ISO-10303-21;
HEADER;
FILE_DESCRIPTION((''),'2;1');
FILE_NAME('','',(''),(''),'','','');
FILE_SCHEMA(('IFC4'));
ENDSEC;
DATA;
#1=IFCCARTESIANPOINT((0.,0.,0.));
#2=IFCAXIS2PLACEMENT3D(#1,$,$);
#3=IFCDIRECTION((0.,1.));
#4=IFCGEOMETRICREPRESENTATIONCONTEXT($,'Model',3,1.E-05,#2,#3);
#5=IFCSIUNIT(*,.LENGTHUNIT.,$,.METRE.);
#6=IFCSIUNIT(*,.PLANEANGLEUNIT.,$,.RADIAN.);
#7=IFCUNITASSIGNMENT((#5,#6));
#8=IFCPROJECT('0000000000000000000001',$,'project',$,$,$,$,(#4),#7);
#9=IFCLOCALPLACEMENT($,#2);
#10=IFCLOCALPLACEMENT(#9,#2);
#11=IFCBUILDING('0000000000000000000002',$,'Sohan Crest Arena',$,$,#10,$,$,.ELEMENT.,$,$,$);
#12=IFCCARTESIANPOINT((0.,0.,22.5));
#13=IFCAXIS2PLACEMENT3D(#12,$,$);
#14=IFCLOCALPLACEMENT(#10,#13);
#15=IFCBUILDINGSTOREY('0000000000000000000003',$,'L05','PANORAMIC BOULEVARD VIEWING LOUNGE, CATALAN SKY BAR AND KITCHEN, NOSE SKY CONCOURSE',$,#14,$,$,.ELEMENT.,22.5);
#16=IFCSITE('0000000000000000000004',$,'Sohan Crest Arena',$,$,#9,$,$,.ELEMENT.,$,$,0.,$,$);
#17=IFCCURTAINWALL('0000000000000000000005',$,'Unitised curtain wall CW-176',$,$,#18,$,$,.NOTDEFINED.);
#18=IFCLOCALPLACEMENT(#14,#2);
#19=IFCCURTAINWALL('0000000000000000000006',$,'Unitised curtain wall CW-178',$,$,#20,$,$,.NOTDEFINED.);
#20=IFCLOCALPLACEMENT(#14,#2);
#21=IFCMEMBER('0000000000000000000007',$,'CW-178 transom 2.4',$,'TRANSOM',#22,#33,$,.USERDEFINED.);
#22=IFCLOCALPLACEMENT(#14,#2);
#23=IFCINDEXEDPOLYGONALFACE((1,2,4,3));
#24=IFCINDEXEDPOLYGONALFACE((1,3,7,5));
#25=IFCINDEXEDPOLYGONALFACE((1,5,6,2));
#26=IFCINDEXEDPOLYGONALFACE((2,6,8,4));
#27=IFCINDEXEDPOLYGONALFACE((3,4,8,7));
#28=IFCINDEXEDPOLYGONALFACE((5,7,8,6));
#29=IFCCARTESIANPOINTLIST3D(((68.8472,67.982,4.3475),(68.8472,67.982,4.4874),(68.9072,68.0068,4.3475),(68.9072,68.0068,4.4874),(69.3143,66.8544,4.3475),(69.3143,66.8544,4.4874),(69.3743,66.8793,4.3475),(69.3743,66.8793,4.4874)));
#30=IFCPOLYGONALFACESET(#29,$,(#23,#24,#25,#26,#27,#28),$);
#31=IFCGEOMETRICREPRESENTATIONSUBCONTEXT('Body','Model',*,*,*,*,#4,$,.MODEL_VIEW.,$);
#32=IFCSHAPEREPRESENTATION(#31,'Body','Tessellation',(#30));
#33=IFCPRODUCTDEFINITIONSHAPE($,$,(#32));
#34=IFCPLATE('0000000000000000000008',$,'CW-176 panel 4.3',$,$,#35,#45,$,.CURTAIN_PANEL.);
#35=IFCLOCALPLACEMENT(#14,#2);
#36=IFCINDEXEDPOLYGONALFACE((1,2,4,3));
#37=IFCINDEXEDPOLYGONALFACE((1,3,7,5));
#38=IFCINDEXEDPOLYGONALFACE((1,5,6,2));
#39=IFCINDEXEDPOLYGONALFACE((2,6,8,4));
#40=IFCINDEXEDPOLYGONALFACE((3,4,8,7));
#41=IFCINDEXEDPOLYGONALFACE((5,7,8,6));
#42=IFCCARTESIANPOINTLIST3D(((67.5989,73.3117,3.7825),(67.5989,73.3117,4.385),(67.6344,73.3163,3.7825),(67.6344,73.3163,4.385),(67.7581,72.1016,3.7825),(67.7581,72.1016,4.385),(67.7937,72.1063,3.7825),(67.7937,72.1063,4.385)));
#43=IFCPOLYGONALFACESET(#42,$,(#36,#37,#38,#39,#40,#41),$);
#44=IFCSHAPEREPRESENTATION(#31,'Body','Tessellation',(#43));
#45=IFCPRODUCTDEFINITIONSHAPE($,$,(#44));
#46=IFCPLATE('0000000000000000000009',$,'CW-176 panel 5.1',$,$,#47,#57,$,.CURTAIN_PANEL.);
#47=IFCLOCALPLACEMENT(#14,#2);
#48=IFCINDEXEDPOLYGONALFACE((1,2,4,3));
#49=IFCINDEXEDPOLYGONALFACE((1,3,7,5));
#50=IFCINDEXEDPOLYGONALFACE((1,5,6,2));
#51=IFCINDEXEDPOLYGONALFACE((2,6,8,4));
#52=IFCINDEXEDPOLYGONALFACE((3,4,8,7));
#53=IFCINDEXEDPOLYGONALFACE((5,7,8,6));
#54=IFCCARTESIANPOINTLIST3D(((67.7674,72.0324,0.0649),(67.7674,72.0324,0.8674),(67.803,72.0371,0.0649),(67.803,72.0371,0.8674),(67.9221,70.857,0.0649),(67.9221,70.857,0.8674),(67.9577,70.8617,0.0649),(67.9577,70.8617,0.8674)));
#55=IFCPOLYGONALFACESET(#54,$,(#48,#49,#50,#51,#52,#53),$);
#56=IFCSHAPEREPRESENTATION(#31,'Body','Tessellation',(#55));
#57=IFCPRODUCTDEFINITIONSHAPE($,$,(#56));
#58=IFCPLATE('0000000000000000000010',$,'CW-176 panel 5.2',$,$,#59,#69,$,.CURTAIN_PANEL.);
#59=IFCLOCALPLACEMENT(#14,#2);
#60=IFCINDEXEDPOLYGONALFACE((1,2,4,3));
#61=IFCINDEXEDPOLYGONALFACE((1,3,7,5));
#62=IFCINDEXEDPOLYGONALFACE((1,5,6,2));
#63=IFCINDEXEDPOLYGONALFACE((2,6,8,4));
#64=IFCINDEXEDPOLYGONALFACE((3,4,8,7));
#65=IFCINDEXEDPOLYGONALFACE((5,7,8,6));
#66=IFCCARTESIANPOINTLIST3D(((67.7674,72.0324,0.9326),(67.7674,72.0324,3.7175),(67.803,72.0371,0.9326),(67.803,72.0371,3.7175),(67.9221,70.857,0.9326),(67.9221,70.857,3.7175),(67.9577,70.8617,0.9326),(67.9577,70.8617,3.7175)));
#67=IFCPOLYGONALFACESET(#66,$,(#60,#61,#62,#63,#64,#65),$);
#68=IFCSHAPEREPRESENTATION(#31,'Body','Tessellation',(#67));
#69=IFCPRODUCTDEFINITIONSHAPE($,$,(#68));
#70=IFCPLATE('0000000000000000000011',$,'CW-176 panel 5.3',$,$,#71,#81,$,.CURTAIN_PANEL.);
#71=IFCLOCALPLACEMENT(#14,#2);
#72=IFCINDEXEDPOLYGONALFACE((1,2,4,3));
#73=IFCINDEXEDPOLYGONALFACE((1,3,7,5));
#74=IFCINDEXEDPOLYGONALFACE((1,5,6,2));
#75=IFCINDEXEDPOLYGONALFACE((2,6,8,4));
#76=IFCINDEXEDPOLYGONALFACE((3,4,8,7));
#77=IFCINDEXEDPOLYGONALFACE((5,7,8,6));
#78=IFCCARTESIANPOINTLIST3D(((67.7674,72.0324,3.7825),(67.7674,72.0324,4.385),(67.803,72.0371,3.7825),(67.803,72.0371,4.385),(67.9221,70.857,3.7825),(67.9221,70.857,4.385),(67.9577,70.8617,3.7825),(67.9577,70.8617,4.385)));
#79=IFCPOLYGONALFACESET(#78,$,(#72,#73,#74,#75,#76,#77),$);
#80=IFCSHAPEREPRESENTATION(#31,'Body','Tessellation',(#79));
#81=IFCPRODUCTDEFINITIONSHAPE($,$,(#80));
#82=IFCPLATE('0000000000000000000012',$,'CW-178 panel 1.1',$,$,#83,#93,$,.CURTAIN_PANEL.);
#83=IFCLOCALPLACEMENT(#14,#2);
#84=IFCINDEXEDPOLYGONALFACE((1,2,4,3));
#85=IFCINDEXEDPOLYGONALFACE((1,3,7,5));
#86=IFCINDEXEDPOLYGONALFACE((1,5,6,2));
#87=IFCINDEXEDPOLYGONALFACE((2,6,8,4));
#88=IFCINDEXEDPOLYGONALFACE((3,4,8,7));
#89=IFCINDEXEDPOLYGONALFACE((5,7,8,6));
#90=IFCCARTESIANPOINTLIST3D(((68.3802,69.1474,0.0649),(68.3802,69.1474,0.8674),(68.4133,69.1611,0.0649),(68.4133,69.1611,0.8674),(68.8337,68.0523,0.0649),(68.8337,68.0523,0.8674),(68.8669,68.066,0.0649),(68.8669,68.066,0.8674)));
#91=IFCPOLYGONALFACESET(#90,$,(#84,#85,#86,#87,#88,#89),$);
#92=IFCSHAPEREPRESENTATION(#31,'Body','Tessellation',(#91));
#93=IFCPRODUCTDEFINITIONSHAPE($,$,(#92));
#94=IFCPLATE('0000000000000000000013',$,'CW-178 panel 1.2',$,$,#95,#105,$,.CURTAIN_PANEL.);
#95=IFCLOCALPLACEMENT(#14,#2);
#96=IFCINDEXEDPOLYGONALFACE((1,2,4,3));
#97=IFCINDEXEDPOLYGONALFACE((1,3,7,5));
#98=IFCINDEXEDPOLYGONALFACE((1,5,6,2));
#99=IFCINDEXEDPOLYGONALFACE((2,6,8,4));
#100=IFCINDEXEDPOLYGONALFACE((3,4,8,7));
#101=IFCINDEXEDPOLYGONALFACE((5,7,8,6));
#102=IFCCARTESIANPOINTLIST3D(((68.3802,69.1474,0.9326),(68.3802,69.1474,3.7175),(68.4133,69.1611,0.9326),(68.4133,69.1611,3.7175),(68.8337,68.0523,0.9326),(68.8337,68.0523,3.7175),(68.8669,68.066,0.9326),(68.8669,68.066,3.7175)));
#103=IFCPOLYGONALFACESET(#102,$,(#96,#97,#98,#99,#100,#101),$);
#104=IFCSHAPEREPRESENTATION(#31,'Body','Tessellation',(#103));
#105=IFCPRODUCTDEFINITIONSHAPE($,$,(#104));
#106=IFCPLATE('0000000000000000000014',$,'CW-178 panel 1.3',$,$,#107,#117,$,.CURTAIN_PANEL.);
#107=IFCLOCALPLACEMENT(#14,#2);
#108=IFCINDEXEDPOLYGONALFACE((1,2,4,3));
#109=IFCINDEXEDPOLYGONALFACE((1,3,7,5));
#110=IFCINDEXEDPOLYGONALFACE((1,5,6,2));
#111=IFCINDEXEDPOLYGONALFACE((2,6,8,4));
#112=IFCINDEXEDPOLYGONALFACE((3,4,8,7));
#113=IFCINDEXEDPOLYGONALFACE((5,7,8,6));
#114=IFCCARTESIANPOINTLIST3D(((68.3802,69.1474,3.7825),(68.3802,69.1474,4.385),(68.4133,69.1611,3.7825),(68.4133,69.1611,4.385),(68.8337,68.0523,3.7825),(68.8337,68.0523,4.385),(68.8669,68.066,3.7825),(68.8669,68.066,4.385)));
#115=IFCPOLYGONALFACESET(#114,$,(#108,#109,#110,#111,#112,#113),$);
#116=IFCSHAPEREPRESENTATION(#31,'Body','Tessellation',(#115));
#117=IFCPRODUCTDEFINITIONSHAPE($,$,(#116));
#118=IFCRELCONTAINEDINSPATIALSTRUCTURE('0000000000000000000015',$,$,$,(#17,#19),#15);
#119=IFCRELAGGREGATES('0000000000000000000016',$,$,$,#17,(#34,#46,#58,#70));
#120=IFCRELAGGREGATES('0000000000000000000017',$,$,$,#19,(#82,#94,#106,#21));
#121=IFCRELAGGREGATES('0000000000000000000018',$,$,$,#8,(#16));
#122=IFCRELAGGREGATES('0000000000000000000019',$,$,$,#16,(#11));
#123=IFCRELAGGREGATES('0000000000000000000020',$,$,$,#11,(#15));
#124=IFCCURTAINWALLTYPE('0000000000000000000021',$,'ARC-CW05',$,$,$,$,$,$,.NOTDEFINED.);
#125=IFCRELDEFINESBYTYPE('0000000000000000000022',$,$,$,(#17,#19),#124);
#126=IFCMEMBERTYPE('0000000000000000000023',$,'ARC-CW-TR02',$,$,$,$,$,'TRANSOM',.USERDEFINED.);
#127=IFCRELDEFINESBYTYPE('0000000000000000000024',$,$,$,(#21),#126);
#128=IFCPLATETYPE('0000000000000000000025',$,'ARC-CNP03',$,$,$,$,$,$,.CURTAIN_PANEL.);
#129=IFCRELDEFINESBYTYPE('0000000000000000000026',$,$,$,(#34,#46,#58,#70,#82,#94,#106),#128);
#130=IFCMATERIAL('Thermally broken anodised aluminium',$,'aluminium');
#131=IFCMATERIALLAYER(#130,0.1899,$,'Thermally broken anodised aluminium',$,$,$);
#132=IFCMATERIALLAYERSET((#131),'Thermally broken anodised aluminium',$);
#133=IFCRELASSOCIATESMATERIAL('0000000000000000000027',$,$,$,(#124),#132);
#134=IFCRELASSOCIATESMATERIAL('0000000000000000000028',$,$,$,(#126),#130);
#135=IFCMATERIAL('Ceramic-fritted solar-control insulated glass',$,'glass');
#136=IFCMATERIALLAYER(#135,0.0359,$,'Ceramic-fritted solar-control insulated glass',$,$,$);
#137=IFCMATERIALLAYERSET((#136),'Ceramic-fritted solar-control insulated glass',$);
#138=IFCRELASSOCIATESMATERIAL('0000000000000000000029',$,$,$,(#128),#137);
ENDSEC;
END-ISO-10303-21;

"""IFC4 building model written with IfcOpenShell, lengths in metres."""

from ifc_helpers import new_model, si_unit, direction, frame, origin, origin_2d, place, context, subcontext, project, spatial, rectangle, extrude, material, layer, layer_set, material_profile, profile_set, type_object, element, aggregate, save


model = new_model("IFC4")

# Units and contexts
model_context = context("Model", 3, precision=1e-05, world=origin(), true_north=direction((0.0, 1.0)))
body_context = subcontext(model_context, "Body", "Model", "MODEL_VIEW")
ifc_project = project(units=[si_unit("LENGTHUNIT", "METRE"), si_unit("PLANEANGLEUNIT", "RADIAN")], contexts=[model_context])

# Site, building, storey
site_placement = place(None, origin())
site = spatial("IfcSite", under=ifc_project, at=site_placement, Name="Sohan Crest Arena", CompositionType="ELEMENT", RefElevation=0.0)
building_placement = place(site_placement, origin())
building = spatial("IfcBuilding", under=site, at=building_placement, Name="Sohan Crest Arena", CompositionType="ELEMENT")
storey_placement = place(building_placement, frame((0.0, 0.0, 22.5)))
storey = spatial("IfcBuildingStorey", under=building, at=storey_placement, Name="L05", Description="PANORAMIC BOULEVARD VIEWING LOUNGE, CATALAN SKY BAR AND KITCHEN, NOSE SKY CONCOURSE", CompositionType="ELEMENT", Elevation=22.5)

# Curtain walls
ifc_material_1 = material(Name="Thermally broken anodised aluminium", Category="aluminium")
ifc_layer_1 = layer(ifc_material_1, 0.1899, Name="Thermally broken anodised aluminium")
ifc_layer_set_1 = layer_set([ifc_layer_1], Name="Thermally broken anodised aluminium")
curtain_wall_type = type_object("IfcCurtainWallType", Name="ARC-CW05", PredefinedType="NOTDEFINED", material=ifc_layer_set_1)
curtain_wall_1_placement = place(storey_placement, origin())
curtain_wall_1 = element("IfcCurtainWall", 1, at=curtain_wall_1_placement, inside=storey, type_object=curtain_wall_type, Name="Unitised curtain wall CW-176", PredefinedType="NOTDEFINED")
curtain_wall_2_placement = place(storey_placement, origin())
curtain_wall_2 = element("IfcCurtainWall", 2, at=curtain_wall_2_placement, inside=storey, type_object=curtain_wall_type, Name="Unitised curtain wall CW-178", PredefinedType="NOTDEFINED")

# Member
ifc_material_profile_1 = material_profile(ifc_material_1, rectangle(XDim=0.0649, YDim=0.1399, at=origin_2d()), Name="ALU-TRAN 65x140")
ifc_profile_set_1 = profile_set([ifc_material_profile_1], Name="Thermally broken anodised aluminium")
member_type_1 = type_object("IfcMemberType", Name="ARC-CW-TR02", ElementType="TRANSOM", PredefinedType="USERDEFINED", material=ifc_profile_set_1)
member_1_placement = place(storey_placement, frame((68.8772, 67.9944, 4.4175), z_axis=(0.382711, -0.923868, 0.0), x_axis=(0.923868, 0.382711, 0.0)))
member_1 = element("IfcMember", 3, at=member_1_placement, type_object=member_type_1, Name="CW-178 transom 2.4", ObjectType="TRANSOM", PredefinedType="USERDEFINED", context=body_context, shape_type="SweptSolid", body=[
    extrude(rectangle(XDim=0.0649, YDim=0.1399, at=origin_2d()), origin(), (0.0, 0.0, 1.0), 1.2205),
])

# Plates
ifc_material_2 = material(Name="Ceramic-fritted solar-control insulated glass", Category="glass")
ifc_layer_2 = layer(ifc_material_2, 0.0359, Name="Ceramic-fritted solar-control insulated glass")
ifc_layer_set_2 = layer_set([ifc_layer_2], Name="Ceramic-fritted solar-control insulated glass")
plate_type = type_object("IfcPlateType", Name="ARC-CNP03", PredefinedType="CURTAIN_PANEL", material=ifc_layer_set_2)
plate_1_placement = place(storey_placement, frame((67.6963, 72.709, 3.7825), z_axis=(0.0, 0.0, 1.0), x_axis=(0.130499, -0.991448, 0.0)))
plate_1 = element("IfcPlate", 4, at=plate_1_placement, type_object=plate_type, Name="CW-176 panel 4.3", PredefinedType="CURTAIN_PANEL", context=body_context, shape_type="SweptSolid", body=[
    extrude(rectangle(XDim=1.2205, YDim=0.0359, at=origin_2d()), origin(), (0.0, 0.0, 1.0), 0.6025),
])
plate_2_placement = place(storey_placement, frame((67.8625, 71.447, 0.0649), z_axis=(0.0, 0.0, 1.0), x_axis=(0.130499, -0.991448, 0.0)))
plate_2 = element("IfcPlate", 5, at=plate_2_placement, type_object=plate_type, Name="CW-176 panel 5.1", PredefinedType="CURTAIN_PANEL", context=body_context, shape_type="SweptSolid", body=[
    extrude(rectangle(XDim=1.1855, YDim=0.0359, at=origin_2d()), origin(), (0.0, 0.0, 1.0), 0.8025),
])
plate_3_placement = place(storey_placement, frame((67.8625, 71.447, 0.9326), z_axis=(0.0, 0.0, 1.0), x_axis=(0.130499, -0.991448, 0.0)))
plate_3 = element("IfcPlate", 6, at=plate_3_placement, type_object=plate_type, Name="CW-176 panel 5.2", PredefinedType="CURTAIN_PANEL", context=body_context, shape_type="SweptSolid", body=[
    extrude(rectangle(XDim=1.1855, YDim=0.0359, at=origin_2d()), origin(), (0.0, 0.0, 1.0), 2.7849),
])
plate_4_placement = place(storey_placement, frame((67.8625, 71.447, 3.7825), z_axis=(0.0, 0.0, 1.0), x_axis=(0.130499, -0.991448, 0.0)))
plate_4 = element("IfcPlate", 7, at=plate_4_placement, type_object=plate_type, Name="CW-176 panel 5.3", PredefinedType="CURTAIN_PANEL", context=body_context, shape_type="SweptSolid", body=[
    extrude(rectangle(XDim=1.1855, YDim=0.0359, at=origin_2d()), origin(), (0.0, 0.0, 1.0), 0.6025),
])
aggregate(curtain_wall_1, [plate_1, plate_2, plate_3, plate_4])
plate_5_placement = place(storey_placement, frame((68.6235, 68.6067, 0.0649), z_axis=(0.0, 0.0, 1.0), x_axis=(0.382667, -0.923886, 0.0)))
plate_5 = element("IfcPlate", 8, at=plate_5_placement, type_object=plate_type, Name="CW-178 panel 1.1", PredefinedType="CURTAIN_PANEL", context=body_context, shape_type="SweptSolid", body=[
    extrude(rectangle(XDim=1.1853, YDim=0.0359, at=origin_2d()), origin(), (0.0, 0.0, 1.0), 0.8025),
])
plate_6_placement = place(storey_placement, frame((68.6235, 68.6067, 0.9326), z_axis=(0.0, 0.0, 1.0), x_axis=(0.382667, -0.923886, 0.0)))
plate_6 = element("IfcPlate", 9, at=plate_6_placement, type_object=plate_type, Name="CW-178 panel 1.2", PredefinedType="CURTAIN_PANEL", context=body_context, shape_type="SweptSolid", body=[
    extrude(rectangle(XDim=1.1853, YDim=0.0359, at=origin_2d()), origin(), (0.0, 0.0, 1.0), 2.7849),
])
plate_7_placement = place(storey_placement, frame((68.6235, 68.6067, 3.7825), z_axis=(0.0, 0.0, 1.0), x_axis=(0.382667, -0.923886, 0.0)))
plate_7 = element("IfcPlate", 10, at=plate_7_placement, type_object=plate_type, Name="CW-178 panel 1.3", PredefinedType="CURTAIN_PANEL", context=body_context, shape_type="SweptSolid", body=[
    extrude(rectangle(XDim=1.1853, YDim=0.0359, at=origin_2d()), origin(), (0.0, 0.0, 1.0), 0.6025),
])
aggregate(curtain_wall_2, [plate_5, plate_6, plate_7, member_1])

save(model, "model.ifc")
